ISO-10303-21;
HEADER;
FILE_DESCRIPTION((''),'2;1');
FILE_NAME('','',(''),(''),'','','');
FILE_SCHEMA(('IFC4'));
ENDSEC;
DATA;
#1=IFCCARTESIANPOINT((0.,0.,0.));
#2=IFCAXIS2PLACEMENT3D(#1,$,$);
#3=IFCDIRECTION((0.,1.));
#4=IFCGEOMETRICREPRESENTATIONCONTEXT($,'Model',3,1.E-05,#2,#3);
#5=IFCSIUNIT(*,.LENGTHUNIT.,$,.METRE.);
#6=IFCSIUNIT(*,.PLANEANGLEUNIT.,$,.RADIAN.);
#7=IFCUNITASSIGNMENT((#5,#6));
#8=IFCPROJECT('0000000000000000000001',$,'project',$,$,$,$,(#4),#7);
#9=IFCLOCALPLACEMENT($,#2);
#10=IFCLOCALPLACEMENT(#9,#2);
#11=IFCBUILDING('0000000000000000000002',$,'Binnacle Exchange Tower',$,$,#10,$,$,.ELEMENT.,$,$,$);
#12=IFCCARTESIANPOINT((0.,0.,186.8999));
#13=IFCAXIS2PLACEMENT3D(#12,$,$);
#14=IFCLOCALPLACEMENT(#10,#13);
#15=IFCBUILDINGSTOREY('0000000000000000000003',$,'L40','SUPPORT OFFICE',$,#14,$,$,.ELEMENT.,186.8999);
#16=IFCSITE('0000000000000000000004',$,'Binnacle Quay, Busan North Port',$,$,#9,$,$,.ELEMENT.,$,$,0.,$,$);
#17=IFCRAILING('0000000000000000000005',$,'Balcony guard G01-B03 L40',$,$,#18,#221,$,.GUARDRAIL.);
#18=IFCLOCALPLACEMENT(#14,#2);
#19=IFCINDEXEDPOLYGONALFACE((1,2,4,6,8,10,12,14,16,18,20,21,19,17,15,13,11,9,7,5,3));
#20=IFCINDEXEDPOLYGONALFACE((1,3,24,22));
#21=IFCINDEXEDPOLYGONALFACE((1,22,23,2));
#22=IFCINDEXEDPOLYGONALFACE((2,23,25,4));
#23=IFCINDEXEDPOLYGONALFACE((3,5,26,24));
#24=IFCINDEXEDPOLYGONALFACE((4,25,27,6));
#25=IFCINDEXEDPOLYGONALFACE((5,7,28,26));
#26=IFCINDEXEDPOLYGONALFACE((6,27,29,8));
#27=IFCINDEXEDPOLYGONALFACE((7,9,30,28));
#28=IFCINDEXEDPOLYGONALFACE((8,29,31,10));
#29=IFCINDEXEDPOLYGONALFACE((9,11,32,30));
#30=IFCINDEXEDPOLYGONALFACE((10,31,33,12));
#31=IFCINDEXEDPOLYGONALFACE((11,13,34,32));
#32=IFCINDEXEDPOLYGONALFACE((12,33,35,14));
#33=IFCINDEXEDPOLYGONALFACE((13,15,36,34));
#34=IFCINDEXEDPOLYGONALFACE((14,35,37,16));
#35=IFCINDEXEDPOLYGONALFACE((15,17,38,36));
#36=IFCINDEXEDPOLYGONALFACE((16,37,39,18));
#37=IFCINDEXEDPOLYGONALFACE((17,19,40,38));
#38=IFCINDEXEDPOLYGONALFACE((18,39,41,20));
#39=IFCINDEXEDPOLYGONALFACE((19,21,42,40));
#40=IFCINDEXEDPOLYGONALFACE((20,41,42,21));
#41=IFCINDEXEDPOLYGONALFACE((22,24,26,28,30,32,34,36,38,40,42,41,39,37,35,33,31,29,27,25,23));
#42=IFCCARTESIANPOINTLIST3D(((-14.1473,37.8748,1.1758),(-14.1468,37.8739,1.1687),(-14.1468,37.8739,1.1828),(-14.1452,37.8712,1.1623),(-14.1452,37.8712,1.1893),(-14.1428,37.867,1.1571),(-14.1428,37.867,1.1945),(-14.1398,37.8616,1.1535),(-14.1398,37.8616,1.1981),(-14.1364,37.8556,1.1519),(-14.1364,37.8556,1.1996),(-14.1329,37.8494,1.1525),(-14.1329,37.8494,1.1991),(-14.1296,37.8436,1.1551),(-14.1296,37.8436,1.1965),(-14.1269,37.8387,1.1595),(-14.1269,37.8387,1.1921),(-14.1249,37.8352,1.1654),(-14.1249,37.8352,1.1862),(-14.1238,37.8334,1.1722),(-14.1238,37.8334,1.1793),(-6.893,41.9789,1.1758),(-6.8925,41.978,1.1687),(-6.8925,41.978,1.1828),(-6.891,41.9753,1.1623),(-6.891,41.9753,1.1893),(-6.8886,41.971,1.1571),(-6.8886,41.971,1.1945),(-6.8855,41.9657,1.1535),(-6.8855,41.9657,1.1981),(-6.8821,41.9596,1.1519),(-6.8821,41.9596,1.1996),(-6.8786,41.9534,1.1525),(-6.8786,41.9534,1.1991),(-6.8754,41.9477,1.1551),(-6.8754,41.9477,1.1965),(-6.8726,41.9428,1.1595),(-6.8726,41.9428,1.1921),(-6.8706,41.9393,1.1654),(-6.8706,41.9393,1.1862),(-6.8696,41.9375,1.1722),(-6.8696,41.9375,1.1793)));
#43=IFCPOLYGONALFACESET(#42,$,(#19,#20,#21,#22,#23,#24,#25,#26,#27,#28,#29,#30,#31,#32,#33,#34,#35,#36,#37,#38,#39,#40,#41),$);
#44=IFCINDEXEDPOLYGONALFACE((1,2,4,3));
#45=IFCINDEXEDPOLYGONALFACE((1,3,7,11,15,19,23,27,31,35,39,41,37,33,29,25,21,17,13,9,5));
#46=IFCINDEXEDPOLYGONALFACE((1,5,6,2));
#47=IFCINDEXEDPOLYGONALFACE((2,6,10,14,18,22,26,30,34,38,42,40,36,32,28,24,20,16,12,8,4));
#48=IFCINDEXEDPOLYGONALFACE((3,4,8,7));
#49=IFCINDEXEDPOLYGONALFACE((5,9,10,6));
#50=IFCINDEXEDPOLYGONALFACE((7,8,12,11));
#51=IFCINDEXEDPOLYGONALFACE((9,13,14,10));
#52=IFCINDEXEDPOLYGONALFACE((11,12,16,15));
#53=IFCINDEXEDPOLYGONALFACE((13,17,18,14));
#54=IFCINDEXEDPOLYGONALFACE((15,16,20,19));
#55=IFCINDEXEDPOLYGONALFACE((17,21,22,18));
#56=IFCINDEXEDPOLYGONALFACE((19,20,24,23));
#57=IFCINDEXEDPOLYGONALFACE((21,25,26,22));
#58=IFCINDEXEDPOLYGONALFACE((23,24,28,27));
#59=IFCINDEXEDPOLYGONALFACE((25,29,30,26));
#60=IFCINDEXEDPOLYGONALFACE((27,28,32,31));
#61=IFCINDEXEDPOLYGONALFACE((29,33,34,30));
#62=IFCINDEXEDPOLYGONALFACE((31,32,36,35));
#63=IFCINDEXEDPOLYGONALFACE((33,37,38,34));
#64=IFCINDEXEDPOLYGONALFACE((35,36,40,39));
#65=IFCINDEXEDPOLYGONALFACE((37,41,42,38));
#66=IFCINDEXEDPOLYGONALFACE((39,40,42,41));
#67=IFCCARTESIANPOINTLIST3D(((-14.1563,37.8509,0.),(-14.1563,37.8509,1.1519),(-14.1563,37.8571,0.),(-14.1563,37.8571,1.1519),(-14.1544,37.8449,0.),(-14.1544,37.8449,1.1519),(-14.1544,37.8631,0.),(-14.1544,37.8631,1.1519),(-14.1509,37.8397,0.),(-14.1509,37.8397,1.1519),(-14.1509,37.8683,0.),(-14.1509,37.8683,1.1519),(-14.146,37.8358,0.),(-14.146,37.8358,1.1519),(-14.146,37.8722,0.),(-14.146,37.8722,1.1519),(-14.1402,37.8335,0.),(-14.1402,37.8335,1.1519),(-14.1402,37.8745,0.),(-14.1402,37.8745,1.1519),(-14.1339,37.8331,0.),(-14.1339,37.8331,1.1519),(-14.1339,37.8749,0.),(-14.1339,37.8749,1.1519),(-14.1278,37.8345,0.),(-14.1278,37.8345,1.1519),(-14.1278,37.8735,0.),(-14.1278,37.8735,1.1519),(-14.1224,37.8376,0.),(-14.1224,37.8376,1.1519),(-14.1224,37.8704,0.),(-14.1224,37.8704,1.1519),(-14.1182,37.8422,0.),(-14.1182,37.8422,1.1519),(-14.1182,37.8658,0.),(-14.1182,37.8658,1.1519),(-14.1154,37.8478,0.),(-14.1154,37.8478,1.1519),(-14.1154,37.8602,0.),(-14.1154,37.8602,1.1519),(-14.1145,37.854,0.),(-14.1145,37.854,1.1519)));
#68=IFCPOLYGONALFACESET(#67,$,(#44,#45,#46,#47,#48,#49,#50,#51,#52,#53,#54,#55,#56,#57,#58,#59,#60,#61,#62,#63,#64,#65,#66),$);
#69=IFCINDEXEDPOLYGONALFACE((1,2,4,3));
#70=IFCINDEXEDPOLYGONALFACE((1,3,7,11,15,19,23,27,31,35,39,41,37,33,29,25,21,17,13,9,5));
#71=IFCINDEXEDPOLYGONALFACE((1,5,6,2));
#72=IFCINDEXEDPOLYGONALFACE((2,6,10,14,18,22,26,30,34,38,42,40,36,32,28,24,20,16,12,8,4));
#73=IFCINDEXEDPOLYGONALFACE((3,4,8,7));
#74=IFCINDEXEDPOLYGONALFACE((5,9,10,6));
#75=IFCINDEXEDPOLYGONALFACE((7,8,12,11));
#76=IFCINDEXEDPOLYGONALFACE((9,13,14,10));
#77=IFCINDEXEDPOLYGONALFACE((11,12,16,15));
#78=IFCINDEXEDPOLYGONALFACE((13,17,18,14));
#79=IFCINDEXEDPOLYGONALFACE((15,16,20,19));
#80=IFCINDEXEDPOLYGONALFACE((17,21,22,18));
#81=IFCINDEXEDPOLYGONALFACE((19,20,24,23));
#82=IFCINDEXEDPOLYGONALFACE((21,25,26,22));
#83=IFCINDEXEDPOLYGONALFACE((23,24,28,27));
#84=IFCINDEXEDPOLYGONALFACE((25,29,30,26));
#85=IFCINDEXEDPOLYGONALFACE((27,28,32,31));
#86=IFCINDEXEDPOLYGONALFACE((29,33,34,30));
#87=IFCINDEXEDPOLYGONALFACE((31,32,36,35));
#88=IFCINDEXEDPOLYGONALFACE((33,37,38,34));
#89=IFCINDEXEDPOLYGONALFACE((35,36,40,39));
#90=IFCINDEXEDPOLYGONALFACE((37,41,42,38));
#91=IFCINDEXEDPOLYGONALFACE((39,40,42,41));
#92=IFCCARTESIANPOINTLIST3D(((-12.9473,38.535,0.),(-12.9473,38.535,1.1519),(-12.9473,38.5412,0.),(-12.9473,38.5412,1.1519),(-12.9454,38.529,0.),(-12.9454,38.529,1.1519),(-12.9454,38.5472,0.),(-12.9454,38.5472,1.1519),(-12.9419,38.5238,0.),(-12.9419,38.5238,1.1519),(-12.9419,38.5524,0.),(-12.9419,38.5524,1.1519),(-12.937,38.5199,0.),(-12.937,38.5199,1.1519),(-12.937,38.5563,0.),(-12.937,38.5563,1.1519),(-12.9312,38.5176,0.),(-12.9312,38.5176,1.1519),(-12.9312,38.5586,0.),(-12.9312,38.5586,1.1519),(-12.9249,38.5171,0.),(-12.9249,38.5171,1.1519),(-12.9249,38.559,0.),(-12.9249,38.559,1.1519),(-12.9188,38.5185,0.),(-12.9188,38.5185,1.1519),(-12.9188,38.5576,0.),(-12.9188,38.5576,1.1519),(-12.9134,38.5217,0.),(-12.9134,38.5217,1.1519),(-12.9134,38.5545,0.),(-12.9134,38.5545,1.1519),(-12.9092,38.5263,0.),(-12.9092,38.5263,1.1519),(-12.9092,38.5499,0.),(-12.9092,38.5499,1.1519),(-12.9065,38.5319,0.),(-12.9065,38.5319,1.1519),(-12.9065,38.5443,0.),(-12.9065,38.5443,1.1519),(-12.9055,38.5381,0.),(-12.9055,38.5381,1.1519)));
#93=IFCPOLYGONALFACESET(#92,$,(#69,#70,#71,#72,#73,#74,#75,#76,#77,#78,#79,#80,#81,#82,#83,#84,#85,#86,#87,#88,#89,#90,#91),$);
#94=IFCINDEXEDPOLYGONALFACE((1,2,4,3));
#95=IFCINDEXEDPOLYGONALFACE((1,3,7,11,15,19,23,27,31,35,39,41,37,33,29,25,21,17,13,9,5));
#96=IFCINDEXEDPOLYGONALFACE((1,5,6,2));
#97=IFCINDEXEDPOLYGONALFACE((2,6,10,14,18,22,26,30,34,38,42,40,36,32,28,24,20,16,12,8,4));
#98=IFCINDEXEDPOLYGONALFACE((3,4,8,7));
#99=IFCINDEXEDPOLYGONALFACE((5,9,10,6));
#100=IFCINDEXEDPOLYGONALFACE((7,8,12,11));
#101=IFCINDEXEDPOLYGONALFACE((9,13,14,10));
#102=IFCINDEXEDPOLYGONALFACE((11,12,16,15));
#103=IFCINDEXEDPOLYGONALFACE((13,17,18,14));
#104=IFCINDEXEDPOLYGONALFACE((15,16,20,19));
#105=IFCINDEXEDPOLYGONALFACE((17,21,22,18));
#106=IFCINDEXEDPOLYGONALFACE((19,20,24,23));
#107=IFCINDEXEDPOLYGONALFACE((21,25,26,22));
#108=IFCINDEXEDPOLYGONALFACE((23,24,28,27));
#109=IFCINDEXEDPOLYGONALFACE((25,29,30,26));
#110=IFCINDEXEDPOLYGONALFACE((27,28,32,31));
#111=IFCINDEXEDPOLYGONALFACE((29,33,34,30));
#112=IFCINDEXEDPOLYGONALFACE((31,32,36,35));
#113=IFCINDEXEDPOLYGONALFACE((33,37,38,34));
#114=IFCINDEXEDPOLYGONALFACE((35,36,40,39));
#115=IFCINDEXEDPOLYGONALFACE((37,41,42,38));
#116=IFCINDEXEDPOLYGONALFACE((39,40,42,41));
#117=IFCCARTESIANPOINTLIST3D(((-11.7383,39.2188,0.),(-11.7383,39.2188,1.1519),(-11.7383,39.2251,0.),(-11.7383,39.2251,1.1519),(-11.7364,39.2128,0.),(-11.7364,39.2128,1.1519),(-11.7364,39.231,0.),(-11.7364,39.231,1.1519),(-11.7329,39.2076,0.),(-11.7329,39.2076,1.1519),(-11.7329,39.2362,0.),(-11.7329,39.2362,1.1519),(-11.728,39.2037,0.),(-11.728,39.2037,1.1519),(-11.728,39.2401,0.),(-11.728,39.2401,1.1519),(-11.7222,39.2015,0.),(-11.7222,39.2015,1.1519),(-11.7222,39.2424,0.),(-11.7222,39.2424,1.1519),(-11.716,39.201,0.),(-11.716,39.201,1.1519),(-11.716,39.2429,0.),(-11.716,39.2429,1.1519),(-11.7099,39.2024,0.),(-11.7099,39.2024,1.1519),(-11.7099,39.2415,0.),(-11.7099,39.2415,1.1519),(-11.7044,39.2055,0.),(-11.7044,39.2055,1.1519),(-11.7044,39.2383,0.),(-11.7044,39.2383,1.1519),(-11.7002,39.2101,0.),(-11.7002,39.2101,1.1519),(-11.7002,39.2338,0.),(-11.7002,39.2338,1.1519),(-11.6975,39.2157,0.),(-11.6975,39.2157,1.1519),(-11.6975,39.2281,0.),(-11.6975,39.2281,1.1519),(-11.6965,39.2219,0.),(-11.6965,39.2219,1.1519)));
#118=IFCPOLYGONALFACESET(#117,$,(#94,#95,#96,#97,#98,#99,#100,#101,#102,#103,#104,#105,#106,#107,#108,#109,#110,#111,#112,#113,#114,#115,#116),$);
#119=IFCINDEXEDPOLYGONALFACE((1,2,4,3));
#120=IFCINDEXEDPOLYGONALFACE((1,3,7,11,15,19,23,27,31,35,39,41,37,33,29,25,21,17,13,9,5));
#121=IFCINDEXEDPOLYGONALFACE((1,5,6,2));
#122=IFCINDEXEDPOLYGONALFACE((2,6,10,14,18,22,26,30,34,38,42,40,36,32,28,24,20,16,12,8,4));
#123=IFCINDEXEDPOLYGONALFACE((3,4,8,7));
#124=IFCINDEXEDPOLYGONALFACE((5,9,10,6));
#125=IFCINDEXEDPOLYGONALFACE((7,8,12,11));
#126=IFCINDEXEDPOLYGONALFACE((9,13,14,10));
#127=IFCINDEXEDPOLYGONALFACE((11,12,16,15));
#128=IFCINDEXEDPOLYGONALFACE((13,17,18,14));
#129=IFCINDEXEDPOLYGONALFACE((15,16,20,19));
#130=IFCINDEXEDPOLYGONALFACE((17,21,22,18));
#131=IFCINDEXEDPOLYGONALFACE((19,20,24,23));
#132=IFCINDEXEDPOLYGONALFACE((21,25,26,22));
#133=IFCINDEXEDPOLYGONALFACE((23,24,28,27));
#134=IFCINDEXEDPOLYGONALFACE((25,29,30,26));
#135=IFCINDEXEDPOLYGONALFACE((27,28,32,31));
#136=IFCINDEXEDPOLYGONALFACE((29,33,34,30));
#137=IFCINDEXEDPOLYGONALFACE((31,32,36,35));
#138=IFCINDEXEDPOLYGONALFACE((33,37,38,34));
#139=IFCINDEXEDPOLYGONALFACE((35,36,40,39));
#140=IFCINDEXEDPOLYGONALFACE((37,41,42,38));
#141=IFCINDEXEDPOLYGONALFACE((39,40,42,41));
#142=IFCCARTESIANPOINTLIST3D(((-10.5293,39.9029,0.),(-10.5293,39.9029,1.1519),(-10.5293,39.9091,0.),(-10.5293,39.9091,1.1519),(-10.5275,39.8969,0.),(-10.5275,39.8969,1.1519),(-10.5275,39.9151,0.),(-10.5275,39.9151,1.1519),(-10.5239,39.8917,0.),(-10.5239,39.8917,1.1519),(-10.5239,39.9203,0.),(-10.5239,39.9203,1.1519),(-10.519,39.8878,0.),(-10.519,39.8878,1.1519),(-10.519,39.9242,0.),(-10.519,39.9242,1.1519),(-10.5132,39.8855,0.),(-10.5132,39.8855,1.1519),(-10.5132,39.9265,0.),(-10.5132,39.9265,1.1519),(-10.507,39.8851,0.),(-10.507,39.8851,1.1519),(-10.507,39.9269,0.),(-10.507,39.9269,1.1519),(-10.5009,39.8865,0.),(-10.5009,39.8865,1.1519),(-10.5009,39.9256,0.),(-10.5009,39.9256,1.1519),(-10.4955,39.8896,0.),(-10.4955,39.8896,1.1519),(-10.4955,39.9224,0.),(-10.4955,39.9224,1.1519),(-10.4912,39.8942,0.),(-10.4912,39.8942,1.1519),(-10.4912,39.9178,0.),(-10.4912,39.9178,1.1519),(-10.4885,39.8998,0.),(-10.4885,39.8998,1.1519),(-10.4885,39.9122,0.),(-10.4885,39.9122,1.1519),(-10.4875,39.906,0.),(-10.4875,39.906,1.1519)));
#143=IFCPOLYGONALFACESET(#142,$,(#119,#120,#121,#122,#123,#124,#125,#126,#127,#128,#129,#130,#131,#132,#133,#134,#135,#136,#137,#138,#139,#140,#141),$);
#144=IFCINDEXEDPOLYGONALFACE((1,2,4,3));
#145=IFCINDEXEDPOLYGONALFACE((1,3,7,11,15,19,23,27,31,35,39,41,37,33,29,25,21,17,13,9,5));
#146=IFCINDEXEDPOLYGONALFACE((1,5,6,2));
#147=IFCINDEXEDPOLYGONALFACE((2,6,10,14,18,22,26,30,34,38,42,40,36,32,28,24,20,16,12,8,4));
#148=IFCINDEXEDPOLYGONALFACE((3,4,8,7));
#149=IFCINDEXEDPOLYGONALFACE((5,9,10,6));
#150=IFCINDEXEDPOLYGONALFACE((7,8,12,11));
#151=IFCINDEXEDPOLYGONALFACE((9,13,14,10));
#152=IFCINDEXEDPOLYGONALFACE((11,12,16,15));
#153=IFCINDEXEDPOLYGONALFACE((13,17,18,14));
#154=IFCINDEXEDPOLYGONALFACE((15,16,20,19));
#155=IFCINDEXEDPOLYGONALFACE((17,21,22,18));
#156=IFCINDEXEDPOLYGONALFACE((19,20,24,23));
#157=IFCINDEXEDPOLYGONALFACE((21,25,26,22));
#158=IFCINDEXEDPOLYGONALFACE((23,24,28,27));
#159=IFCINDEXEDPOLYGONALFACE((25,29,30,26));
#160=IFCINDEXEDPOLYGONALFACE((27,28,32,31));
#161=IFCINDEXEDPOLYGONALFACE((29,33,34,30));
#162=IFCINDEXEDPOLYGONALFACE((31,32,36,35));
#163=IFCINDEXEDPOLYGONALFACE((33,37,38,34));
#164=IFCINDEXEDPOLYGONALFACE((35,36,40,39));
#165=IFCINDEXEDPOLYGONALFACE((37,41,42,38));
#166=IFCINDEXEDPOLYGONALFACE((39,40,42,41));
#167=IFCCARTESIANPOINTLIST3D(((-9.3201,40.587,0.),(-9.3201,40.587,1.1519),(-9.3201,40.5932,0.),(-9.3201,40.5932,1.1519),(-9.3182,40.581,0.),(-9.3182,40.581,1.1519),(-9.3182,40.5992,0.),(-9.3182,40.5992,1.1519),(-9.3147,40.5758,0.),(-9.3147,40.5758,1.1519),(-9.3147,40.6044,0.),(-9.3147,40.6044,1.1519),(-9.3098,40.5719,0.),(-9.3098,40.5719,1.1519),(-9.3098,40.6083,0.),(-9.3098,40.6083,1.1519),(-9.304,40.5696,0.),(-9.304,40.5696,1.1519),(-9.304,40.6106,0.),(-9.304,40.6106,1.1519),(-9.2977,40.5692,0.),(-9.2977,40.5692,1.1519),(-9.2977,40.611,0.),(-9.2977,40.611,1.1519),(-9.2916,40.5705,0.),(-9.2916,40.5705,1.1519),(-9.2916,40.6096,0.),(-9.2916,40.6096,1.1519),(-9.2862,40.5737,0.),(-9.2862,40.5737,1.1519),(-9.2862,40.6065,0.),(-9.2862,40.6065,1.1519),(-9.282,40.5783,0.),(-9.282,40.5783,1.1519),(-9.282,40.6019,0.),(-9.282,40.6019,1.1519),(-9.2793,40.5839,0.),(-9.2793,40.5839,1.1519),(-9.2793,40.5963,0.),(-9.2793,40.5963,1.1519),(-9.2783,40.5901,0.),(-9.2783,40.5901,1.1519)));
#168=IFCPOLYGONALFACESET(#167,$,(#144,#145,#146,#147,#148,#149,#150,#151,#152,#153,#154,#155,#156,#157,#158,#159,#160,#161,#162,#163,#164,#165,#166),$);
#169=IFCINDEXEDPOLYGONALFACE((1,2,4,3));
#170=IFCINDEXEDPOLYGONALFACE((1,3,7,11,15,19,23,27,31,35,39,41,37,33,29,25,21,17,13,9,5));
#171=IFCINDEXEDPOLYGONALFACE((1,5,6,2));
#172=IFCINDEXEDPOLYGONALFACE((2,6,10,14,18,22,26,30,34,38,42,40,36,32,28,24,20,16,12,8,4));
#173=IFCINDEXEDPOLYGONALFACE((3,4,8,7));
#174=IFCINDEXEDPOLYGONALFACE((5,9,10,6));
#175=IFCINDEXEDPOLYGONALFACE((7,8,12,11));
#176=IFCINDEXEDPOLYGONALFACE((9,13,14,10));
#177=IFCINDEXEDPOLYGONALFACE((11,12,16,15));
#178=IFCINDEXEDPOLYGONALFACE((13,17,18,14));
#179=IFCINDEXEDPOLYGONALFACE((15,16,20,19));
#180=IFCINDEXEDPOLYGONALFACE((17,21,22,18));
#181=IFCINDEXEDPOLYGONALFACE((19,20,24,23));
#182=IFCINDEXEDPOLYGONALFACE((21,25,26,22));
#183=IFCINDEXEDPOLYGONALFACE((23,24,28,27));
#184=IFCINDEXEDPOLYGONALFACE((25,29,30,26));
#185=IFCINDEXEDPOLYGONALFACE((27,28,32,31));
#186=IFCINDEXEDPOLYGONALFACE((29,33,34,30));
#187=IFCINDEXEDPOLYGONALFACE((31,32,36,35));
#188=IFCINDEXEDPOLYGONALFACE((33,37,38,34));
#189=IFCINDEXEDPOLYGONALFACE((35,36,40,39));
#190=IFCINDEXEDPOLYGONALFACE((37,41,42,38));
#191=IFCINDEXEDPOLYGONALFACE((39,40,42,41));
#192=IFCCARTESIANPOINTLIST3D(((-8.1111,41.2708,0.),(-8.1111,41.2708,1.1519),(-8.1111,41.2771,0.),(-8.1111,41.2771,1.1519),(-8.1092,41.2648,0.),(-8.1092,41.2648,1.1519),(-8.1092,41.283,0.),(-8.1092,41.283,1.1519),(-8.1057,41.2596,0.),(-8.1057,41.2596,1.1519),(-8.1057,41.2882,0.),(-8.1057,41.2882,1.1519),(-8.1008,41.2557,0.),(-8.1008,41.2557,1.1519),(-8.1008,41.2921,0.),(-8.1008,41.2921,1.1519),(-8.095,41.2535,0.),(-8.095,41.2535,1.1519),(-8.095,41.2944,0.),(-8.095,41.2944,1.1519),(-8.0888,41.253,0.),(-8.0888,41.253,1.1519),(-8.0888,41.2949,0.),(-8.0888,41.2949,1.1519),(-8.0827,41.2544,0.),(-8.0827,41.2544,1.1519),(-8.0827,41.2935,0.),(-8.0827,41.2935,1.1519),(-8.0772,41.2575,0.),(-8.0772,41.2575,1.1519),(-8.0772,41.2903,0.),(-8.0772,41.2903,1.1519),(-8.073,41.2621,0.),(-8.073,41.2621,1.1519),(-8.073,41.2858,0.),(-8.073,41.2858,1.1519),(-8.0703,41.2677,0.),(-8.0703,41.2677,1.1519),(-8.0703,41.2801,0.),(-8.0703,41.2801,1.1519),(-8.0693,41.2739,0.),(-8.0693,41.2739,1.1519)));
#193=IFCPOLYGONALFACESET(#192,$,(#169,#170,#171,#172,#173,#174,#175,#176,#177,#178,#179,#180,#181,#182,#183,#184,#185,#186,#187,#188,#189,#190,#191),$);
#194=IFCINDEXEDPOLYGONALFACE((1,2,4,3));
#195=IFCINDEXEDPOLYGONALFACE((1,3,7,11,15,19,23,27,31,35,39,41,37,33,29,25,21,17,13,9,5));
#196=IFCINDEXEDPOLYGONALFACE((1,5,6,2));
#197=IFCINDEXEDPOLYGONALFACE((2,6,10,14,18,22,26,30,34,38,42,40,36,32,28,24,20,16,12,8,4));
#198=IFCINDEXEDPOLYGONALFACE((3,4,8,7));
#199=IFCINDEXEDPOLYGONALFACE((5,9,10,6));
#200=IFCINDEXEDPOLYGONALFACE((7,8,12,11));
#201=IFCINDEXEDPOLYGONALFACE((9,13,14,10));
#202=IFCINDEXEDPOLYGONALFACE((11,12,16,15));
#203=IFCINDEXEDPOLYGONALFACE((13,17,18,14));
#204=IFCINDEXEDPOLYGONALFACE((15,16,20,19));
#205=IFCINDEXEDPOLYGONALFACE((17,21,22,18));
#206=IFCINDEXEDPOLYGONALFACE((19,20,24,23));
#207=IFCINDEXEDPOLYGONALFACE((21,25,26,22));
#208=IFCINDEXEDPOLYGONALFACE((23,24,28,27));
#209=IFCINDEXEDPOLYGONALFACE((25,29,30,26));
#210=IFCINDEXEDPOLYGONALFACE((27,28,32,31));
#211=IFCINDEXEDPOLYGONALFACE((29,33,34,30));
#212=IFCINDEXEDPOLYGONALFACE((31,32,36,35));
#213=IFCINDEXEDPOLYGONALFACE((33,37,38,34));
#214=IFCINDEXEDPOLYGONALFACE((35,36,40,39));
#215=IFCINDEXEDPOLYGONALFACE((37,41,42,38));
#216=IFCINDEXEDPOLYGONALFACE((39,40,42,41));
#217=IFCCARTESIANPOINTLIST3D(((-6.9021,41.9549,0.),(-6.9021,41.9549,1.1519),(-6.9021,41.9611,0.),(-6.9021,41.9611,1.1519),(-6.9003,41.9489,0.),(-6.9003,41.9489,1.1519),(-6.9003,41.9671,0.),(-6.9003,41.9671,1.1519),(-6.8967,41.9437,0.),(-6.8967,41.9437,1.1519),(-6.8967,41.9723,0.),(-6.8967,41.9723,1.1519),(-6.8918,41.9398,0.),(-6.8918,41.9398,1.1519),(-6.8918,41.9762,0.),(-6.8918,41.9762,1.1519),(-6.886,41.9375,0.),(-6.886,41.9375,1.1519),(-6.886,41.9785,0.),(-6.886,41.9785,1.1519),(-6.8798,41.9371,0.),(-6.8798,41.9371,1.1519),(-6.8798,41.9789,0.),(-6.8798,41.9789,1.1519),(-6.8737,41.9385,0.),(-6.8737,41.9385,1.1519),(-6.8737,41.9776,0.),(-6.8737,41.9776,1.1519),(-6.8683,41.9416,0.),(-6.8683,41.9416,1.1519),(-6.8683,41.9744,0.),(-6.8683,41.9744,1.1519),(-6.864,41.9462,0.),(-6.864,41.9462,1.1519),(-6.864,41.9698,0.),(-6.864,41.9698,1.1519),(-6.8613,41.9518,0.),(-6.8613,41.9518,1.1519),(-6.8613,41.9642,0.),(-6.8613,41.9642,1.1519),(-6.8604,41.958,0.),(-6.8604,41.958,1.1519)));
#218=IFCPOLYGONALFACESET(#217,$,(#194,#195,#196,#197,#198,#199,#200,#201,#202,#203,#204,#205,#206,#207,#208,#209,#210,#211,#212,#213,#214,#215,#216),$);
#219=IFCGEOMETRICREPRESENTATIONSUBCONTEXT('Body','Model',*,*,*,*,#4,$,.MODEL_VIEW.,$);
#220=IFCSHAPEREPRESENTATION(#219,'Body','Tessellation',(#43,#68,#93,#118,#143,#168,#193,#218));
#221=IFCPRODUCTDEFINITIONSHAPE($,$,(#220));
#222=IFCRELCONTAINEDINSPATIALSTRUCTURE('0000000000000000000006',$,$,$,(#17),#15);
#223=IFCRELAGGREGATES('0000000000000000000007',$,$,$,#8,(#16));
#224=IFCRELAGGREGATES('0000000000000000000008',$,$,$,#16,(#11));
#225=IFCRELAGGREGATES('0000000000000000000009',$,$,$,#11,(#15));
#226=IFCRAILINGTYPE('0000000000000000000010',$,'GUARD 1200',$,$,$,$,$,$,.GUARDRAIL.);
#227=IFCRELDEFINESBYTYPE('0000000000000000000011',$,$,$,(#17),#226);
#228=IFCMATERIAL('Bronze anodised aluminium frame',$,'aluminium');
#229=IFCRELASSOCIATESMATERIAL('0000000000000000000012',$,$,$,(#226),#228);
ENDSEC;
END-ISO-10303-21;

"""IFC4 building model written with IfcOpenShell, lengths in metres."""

from ifc_helpers import new_model, si_unit, direction, frame, origin, origin_2d, place, context, subcontext, project, spatial, circle, extrude, material, type_object, element, save


model = new_model("IFC4")

# Units and contexts
model_context = context("Model", 3, precision=1e-05, world=origin(), true_north=direction((0.0, 1.0)))
body_context = subcontext(model_context, "Body", "Model", "MODEL_VIEW")
ifc_project = project(units=[si_unit("LENGTHUNIT", "METRE"), si_unit("PLANEANGLEUNIT", "RADIAN")], contexts=[model_context])

# Site, building, storey
site_placement = place(None, origin())
site = spatial("IfcSite", under=ifc_project, at=site_placement, Name="Binnacle Quay, Busan North Port", CompositionType="ELEMENT", RefElevation=0.0)
building_placement = place(site_placement, origin())
building = spatial("IfcBuilding", under=site, at=building_placement, Name="Binnacle Exchange Tower", CompositionType="ELEMENT")
storey_placement = place(building_placement, frame((0.0, 0.0, 186.8999)))
storey = spatial("IfcBuildingStorey", under=building, at=storey_placement, Name="L40", Description="SUPPORT OFFICE", CompositionType="ELEMENT", Elevation=186.8999)

# Railing
ifc_material_1 = material(Name="Bronze anodised aluminium frame", Category="aluminium")
railing_type_1 = type_object("IfcRailingType", Name="GUARD 1200", PredefinedType="GUARDRAIL", material=ifc_material_1)
railing_1_placement = place(storey_placement, frame((-14.1355, 37.854, 0.0)))
element("IfcRailing", 1, at=railing_1_placement, inside=storey, type_object=railing_type_1, Name="Balcony guard G01-B03 L40", PredefinedType="GUARDRAIL", context=body_context, shape_type="SweptSolid", body=[
    extrude(circle(Radius=0.0239, at=origin_2d()), frame((0.0, 0.0, 1.1758), z_axis=(0.870366, 0.492406, 0.0), x_axis=(-0.492406, 0.870366, 0.0)), (0.0, 0.0, 1.0), 8.3347),
    extrude(circle(Radius=0.021, at=origin_2d()), origin(), (0.0, 0.0, 1.0), 1.1519),
    extrude(circle(Radius=0.021, at=origin_2d()), frame((1.209, 0.6841, 0.0)), (0.0, 0.0, 1.0), 1.1519),
    extrude(circle(Radius=0.021, at=origin_2d()), frame((2.418, 1.3679, 0.0)), (0.0, 0.0, 1.0), 1.1519),
    extrude(circle(Radius=0.021, at=origin_2d()), frame((3.627, 2.052, 0.0)), (0.0, 0.0, 1.0), 1.1519),
    extrude(circle(Radius=0.021, at=origin_2d()), frame((4.8362, 2.7361, 0.0)), (0.0, 0.0, 1.0), 1.1519),
    extrude(circle(Radius=0.021, at=origin_2d()), frame((6.0452, 3.4199, 0.0)), (0.0, 0.0, 1.0), 1.1519),
    extrude(circle(Radius=0.021, at=origin_2d()), frame((7.2542, 4.104, 0.0)), (0.0, 0.0, 1.0), 1.1519),
])

save(model, "model.ifc")
